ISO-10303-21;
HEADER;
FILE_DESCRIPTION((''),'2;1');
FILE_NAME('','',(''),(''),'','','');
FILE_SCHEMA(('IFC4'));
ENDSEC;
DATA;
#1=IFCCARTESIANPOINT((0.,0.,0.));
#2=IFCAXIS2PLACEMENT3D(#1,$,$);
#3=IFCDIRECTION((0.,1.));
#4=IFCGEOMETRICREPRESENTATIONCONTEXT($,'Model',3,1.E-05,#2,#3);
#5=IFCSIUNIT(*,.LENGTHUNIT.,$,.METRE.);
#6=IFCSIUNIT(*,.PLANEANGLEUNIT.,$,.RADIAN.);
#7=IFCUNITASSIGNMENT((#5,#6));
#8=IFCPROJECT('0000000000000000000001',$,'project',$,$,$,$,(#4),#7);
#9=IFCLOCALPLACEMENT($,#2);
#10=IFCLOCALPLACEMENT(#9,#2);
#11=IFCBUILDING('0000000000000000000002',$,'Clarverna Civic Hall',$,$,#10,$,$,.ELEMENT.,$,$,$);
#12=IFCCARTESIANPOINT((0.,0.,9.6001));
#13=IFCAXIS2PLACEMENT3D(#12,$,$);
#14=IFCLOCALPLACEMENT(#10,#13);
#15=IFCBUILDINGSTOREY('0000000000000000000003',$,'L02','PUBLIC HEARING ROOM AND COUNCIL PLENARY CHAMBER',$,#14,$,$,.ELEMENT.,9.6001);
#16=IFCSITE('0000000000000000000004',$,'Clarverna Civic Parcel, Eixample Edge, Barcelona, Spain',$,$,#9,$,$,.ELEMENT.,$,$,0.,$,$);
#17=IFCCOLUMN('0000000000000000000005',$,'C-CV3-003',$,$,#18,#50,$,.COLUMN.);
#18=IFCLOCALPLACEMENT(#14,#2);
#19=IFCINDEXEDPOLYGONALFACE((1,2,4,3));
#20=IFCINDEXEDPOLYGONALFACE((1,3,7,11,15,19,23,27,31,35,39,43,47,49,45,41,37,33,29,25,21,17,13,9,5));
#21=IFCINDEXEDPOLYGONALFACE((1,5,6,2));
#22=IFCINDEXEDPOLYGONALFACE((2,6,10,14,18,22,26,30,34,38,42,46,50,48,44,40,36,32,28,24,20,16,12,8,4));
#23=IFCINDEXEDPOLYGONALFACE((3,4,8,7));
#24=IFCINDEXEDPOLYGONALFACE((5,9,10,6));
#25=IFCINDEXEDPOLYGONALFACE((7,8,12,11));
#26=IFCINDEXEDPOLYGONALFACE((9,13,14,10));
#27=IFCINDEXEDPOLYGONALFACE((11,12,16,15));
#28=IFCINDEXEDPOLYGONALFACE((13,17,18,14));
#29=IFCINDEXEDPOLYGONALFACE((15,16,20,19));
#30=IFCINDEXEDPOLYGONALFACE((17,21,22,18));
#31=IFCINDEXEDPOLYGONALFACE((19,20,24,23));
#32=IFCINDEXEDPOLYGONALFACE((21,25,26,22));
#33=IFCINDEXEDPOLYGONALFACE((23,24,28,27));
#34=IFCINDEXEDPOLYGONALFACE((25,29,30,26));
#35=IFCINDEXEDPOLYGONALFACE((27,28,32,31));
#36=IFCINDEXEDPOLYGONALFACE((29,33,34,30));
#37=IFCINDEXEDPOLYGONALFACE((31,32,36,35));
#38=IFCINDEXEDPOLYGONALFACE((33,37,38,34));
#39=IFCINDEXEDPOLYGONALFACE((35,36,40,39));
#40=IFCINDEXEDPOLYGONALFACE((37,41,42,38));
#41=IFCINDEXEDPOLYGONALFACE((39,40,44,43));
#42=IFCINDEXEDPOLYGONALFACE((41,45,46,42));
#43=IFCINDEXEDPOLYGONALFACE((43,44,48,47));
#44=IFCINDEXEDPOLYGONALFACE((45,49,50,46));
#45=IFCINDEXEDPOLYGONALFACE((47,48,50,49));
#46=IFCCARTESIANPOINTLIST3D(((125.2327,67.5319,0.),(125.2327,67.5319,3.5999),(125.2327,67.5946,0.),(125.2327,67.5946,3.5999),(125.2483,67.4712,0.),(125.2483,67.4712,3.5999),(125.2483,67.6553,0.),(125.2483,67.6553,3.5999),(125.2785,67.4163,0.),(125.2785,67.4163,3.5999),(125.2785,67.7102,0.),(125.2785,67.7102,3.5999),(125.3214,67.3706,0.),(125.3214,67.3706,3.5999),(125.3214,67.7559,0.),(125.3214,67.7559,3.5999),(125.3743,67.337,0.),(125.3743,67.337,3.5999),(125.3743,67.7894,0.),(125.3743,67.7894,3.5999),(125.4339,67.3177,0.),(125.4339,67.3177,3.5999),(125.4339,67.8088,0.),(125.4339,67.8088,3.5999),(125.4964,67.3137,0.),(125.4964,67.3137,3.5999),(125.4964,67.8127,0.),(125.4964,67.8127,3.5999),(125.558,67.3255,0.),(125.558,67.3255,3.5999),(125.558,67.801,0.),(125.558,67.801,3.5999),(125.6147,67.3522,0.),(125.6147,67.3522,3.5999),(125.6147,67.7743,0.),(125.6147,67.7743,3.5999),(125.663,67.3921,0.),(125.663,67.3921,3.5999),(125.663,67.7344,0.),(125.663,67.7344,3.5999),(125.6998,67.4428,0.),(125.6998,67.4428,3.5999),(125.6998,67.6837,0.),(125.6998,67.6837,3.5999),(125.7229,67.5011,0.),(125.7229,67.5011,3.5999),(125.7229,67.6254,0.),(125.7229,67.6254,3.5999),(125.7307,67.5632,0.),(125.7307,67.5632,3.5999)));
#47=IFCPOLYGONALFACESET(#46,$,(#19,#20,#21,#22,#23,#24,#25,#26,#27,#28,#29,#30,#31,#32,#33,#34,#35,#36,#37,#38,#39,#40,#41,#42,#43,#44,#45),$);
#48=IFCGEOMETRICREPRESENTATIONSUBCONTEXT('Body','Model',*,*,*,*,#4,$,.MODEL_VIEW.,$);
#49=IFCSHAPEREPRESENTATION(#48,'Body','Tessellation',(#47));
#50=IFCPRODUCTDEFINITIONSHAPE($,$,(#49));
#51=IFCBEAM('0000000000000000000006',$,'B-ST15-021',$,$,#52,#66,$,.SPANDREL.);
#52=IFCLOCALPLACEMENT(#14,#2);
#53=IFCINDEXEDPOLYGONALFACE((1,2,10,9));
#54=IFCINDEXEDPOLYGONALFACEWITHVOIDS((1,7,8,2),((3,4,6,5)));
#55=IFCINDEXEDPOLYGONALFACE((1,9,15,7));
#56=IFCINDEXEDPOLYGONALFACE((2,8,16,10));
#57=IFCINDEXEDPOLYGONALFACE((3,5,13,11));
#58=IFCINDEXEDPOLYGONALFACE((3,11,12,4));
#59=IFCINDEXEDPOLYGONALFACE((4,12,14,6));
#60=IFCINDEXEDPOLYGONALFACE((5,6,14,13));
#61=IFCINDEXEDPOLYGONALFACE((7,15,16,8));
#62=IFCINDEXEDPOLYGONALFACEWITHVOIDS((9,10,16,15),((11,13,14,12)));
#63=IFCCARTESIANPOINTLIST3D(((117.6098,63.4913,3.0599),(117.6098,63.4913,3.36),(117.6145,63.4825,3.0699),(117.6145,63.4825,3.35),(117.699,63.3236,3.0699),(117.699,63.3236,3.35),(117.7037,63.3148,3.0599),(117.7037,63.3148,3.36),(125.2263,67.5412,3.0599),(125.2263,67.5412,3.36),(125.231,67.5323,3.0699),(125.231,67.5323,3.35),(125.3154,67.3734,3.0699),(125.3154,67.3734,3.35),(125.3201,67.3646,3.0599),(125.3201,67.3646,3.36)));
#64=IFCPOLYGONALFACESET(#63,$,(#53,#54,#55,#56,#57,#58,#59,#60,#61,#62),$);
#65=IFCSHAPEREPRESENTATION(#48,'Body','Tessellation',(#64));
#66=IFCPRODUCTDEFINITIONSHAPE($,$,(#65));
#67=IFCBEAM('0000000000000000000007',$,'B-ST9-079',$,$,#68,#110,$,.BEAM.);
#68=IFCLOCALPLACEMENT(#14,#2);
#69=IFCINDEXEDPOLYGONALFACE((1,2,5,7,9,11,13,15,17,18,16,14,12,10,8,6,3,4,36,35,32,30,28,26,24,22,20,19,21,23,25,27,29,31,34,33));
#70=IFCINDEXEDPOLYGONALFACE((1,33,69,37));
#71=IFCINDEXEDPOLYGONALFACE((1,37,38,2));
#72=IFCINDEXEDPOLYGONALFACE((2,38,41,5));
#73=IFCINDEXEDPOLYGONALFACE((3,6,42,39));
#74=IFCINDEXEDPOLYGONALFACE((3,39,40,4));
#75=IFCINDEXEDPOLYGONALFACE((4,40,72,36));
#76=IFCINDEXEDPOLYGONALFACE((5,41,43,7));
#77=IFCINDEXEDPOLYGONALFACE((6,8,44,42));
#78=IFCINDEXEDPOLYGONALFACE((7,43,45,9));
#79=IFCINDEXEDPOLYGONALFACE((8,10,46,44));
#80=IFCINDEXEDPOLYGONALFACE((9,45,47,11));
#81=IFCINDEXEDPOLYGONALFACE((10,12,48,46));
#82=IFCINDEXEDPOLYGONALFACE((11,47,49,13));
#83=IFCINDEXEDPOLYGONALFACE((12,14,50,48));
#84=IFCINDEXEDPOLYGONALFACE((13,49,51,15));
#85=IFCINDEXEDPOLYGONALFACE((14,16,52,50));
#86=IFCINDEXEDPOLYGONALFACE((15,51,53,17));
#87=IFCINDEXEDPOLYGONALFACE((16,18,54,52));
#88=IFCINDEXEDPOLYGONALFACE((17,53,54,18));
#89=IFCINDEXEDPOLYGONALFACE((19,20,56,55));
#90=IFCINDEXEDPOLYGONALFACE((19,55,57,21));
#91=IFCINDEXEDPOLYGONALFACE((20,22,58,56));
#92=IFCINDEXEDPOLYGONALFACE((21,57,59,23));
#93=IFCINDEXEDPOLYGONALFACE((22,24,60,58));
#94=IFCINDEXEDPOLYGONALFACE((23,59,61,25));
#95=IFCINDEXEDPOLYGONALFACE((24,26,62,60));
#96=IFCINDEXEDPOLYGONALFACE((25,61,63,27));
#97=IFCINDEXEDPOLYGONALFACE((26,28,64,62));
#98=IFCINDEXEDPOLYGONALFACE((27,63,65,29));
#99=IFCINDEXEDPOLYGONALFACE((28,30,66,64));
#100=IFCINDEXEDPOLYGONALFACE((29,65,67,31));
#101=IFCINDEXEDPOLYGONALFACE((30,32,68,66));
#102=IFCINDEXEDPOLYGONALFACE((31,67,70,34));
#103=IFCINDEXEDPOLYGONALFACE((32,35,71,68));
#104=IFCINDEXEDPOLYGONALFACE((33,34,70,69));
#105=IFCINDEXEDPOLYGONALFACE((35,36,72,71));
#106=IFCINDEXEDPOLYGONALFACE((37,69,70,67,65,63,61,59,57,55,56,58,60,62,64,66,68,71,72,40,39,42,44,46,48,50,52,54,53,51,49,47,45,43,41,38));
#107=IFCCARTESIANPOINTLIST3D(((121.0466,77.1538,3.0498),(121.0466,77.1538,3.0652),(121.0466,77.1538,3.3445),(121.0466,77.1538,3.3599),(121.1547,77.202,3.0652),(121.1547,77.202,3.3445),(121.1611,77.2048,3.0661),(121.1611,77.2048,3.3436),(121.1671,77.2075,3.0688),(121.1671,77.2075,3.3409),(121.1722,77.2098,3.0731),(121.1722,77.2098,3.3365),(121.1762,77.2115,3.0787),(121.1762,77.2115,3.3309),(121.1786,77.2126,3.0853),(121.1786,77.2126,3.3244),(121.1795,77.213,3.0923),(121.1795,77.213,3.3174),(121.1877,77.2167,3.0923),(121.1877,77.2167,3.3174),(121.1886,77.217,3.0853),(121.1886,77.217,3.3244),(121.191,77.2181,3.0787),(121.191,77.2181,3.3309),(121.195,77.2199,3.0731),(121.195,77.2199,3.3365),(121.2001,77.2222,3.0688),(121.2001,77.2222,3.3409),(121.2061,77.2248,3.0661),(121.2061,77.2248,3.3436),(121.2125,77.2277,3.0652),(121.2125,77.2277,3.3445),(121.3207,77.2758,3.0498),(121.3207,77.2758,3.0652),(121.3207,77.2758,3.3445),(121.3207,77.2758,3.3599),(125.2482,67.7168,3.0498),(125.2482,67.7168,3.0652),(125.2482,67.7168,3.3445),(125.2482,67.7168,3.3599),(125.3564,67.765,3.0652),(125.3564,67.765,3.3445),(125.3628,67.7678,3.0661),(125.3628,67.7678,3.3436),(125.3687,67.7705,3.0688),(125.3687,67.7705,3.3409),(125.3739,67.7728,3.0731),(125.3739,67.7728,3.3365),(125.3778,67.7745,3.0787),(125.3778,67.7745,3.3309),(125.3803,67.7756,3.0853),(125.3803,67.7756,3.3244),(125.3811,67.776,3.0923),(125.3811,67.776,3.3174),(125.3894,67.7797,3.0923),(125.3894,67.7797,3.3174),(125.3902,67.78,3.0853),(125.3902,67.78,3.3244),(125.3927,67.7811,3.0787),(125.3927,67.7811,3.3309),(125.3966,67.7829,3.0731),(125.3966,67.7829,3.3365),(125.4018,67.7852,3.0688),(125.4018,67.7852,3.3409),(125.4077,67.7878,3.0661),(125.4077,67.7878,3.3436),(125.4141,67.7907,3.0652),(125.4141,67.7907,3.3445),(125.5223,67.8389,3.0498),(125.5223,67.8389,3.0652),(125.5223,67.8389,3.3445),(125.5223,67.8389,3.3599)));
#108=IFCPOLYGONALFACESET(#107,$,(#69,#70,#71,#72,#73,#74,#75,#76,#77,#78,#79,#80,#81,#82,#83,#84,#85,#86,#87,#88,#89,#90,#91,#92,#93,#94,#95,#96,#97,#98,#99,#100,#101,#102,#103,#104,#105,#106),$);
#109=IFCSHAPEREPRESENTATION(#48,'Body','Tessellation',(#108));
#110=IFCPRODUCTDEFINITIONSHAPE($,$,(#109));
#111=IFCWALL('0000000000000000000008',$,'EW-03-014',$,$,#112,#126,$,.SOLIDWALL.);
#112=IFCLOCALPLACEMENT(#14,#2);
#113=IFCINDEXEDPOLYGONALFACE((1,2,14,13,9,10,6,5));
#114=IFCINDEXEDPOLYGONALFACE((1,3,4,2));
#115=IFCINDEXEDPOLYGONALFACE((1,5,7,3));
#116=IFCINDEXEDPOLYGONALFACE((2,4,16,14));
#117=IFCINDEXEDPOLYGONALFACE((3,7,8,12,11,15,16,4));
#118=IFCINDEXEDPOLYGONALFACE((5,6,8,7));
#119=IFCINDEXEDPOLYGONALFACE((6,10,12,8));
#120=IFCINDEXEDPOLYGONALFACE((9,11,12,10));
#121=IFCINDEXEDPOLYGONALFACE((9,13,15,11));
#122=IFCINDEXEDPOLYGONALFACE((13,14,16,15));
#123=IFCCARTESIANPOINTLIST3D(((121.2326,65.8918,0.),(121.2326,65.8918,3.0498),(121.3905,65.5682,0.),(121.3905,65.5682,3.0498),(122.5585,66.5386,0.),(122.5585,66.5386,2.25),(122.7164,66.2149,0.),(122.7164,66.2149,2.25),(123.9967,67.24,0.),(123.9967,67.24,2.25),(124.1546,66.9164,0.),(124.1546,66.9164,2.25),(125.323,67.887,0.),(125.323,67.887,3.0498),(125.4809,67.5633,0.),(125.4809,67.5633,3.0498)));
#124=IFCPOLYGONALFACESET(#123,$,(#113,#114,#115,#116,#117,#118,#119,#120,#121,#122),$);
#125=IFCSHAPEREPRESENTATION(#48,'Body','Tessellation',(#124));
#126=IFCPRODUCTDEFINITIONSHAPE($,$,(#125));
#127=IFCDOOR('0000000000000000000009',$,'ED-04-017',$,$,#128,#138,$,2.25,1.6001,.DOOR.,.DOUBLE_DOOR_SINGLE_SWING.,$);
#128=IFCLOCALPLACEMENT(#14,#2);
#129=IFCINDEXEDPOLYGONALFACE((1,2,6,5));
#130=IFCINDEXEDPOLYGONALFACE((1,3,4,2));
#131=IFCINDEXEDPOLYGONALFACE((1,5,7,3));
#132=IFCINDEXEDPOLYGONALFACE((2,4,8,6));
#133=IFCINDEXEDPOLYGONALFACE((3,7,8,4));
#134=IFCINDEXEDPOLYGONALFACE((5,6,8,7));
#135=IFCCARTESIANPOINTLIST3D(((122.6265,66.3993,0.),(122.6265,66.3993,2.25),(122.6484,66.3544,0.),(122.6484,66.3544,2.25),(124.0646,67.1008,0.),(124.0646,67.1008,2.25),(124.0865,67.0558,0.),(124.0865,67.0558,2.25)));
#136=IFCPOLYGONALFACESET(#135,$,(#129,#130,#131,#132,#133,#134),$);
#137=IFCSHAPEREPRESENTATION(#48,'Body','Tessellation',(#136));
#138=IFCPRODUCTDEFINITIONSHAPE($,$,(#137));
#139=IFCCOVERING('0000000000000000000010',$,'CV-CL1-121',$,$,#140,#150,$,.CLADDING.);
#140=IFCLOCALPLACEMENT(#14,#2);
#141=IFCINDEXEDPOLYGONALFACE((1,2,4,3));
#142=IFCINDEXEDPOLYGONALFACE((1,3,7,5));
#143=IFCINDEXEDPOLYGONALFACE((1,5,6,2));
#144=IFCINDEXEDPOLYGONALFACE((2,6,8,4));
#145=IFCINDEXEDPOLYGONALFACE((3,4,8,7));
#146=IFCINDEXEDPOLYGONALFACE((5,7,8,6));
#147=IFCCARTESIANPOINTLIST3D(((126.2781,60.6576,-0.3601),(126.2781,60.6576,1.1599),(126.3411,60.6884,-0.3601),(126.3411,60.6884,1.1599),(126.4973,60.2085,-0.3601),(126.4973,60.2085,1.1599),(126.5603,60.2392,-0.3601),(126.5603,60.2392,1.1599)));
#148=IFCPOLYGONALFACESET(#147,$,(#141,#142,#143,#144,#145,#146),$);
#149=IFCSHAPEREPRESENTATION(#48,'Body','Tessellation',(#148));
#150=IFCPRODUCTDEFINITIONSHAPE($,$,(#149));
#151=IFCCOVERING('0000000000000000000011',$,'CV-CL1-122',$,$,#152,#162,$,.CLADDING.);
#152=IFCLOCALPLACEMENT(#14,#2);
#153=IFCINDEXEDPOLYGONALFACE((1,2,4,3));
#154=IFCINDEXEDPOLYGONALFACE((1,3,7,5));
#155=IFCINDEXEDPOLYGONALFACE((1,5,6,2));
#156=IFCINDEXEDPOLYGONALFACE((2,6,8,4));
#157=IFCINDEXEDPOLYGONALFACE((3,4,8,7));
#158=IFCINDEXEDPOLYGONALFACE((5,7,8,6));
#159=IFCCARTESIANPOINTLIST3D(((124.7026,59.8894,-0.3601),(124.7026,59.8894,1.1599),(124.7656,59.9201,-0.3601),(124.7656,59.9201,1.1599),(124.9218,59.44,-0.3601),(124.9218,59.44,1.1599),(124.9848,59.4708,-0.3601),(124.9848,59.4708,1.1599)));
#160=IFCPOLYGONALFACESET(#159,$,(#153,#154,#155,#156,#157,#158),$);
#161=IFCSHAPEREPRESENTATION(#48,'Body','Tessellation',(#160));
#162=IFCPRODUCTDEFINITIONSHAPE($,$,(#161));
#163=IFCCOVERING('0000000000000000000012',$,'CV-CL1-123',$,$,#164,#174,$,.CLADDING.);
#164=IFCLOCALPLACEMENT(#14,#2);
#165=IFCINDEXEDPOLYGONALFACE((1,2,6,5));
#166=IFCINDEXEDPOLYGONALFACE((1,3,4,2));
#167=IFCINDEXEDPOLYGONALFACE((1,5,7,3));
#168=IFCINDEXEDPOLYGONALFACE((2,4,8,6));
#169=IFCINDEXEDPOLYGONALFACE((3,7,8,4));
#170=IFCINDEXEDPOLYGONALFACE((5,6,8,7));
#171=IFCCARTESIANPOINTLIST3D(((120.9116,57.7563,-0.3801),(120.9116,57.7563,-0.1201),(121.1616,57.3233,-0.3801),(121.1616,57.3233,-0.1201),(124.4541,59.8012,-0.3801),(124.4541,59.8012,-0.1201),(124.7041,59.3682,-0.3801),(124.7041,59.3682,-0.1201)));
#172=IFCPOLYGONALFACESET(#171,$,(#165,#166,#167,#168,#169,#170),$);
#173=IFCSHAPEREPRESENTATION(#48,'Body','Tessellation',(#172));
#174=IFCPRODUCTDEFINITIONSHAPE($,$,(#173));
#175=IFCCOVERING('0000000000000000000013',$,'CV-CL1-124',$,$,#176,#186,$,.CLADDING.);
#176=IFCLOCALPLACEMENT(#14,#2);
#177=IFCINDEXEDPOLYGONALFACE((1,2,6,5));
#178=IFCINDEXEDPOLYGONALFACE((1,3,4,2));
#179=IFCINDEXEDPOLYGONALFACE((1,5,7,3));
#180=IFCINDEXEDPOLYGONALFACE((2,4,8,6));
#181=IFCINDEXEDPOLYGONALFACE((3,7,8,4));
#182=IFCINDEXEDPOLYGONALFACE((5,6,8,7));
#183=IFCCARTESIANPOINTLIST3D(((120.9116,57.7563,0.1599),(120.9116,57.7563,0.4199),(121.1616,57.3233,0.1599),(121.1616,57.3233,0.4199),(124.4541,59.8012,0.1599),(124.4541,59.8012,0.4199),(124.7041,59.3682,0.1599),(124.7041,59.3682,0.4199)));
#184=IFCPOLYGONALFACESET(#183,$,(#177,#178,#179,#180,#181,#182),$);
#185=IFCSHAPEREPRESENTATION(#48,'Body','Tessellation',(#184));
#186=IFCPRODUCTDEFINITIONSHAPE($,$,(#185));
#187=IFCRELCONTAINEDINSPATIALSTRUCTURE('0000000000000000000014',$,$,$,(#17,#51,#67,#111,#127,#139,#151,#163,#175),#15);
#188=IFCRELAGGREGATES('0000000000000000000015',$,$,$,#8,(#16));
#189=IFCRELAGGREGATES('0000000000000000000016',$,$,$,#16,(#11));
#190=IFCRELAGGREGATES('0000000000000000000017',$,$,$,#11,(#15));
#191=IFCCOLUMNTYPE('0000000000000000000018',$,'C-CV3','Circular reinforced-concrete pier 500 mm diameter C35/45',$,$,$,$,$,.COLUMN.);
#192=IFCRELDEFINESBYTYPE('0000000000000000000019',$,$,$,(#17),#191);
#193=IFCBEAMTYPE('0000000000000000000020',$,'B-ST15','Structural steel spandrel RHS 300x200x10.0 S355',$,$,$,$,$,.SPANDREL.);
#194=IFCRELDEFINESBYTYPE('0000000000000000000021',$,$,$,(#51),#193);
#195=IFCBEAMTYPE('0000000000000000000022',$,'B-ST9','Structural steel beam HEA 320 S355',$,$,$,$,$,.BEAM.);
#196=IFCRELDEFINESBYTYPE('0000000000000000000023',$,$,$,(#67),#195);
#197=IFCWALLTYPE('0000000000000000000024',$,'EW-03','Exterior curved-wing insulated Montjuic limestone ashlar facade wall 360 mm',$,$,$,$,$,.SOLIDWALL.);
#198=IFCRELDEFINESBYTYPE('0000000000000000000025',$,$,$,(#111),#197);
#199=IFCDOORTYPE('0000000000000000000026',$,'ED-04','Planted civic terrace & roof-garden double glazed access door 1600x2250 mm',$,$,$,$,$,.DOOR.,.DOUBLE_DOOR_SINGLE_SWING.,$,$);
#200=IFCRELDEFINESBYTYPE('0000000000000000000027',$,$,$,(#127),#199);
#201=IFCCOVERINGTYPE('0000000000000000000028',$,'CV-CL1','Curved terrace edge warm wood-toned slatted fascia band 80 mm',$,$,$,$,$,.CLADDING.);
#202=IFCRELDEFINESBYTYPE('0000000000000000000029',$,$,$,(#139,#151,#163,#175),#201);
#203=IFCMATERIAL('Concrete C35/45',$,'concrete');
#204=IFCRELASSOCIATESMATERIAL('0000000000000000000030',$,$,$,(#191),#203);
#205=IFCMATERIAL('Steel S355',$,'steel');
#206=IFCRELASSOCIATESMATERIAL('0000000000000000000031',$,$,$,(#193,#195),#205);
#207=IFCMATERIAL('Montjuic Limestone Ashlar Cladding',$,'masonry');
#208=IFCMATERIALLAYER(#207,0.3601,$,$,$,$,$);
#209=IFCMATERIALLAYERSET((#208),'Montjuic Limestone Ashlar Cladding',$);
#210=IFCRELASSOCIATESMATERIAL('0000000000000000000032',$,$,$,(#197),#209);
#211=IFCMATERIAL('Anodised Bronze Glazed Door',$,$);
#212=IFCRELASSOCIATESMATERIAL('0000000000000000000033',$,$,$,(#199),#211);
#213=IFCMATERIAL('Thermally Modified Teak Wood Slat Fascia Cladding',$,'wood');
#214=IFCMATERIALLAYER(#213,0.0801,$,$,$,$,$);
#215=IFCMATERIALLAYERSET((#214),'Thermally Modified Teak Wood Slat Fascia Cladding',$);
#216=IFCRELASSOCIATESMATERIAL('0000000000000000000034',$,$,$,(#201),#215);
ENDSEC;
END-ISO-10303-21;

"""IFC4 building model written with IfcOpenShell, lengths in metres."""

from ifc_helpers import new_model, si_unit, direction, frame, frame_2d, origin, origin_2d, place, context, subcontext, project, spatial, rectangle, hollow_rectangle, circle, i_section, extrude, material, layer, layer_set, material_profile, profile_set, type_object, element, fill, save


model = new_model("IFC4")

# Units and contexts
model_context = context("Model", 3, precision=1e-05, world=origin(), true_north=direction((0.0, 1.0)))
body_context = subcontext(model_context, "Body", "Model", "MODEL_VIEW")
ifc_project = project(units=[si_unit("LENGTHUNIT", "METRE"), si_unit("PLANEANGLEUNIT", "RADIAN")], contexts=[model_context])

# Site, building, storey
site_placement = place(None, origin())
site = spatial("IfcSite", under=ifc_project, at=site_placement, Name="Clarverna Civic Parcel, Eixample Edge, Barcelona, Spain", CompositionType="ELEMENT", RefElevation=0.0)
building_placement = place(site_placement, origin())
building = spatial("IfcBuilding", under=site, at=building_placement, Name="Clarverna Civic Hall", CompositionType="ELEMENT")
storey_placement = place(building_placement, frame((0.0, 0.0, 9.6001)))
storey = spatial("IfcBuildingStorey", under=building, at=storey_placement, Name="L02", Description="PUBLIC HEARING ROOM AND COUNCIL PLENARY CHAMBER", CompositionType="ELEMENT", Elevation=9.6001)

# Column
ifc_material_1 = material(Name="Concrete C35/45", Category="concrete")
ifc_material_profile_1 = material_profile(ifc_material_1, circle(Radius=0.25, at=origin_2d()), Name="RC D500")
ifc_profile_set_1 = profile_set([ifc_material_profile_1], Name="Concrete C35/45")
column_type = type_object("IfcColumnType", Name="C-CV3", Description="Circular reinforced-concrete pier 500 mm diameter C35/45", PredefinedType="COLUMN", material=ifc_profile_set_1)
column_placement = place(storey_placement, frame((125.4807, 67.5632, 0.0), z_axis=(0.0, 0.0, 1.0), x_axis=(1.0, 0.0, 0.0)))
element("IfcColumn", 1, at=column_placement, inside=storey, type_object=column_type, Name="C-CV3-003", PredefinedType="COLUMN", context=body_context, shape_type="SweptSolid", body=[
    extrude(circle(Radius=0.25, at=origin_2d()), origin(), (0.0, 0.0, 1.0), 3.5999),
])

# Beams
ifc_material_2 = material(Name="Steel S355", Category="steel")
ifc_material_profile_2 = material_profile(ifc_material_2, hollow_rectangle(XDim=0.2, YDim=0.3, WallThickness=0.01, at=origin_2d()), Name="RHS 300x200x10.0")
ifc_profile_set_2 = profile_set([ifc_material_profile_2], Name="Steel S355")
beam_type_1 = type_object("IfcBeamType", Name="B-ST15", Description="Structural steel spandrel RHS 300x200x10.0 S355", PredefinedType="SPANDREL", material=ifc_profile_set_2)
beam_1_placement = place(storey_placement, frame((125.2732, 67.4529, 3.21), z_axis=(-0.882945, -0.469477, 0.0), x_axis=(0.469477, -0.882945, 0.0)))
element("IfcBeam", 2, at=beam_1_placement, inside=storey, type_object=beam_type_1, Name="B-ST15-021", PredefinedType="SPANDREL", context=body_context, shape_type="SweptSolid", body=[
    extrude(hollow_rectangle(XDim=0.2, YDim=0.3, WallThickness=0.01, at=origin_2d()), origin(), (0.0, 0.0, 1.0), 8.6262),
])
ifc_material_profile_3 = material_profile(ifc_material_2, i_section(OverallWidth=0.3, OverallDepth=0.3101, WebThickness=0.009, FlangeThickness=0.0154, FilletRadius=0.0271, at=origin_2d()), Name="HEA 320")
ifc_profile_set_3 = profile_set([ifc_material_profile_3], Name="Steel S355")
beam_type_2 = type_object("IfcBeamType", Name="B-ST9", Description="Structural steel beam HEA 320 S355", PredefinedType="BEAM", material=ifc_profile_set_3)
beam_2_placement = place(storey_placement, frame((125.3853, 67.7778, 3.2048), z_axis=(-0.406739, 0.913544, 0.0), x_axis=(-0.913544, -0.406739, 0.0)))
element("IfcBeam", 3, at=beam_2_placement, inside=storey, type_object=beam_type_2, Name="B-ST9-079", PredefinedType="BEAM", context=body_context, shape_type="SweptSolid", body=[
    extrude(i_section(OverallWidth=0.3, OverallDepth=0.3101, WebThickness=0.009, FlangeThickness=0.0154, FilletRadius=0.0271, at=origin_2d()), origin(), (0.0, 0.0, 1.0), 10.3301),
])

# Wall, opening, door
ifc_material_3 = material(Name="Montjuic Limestone Ashlar Cladding", Category="masonry")
ifc_layer_1 = layer(ifc_material_3, 0.3601)
ifc_layer_set_1 = layer_set([ifc_layer_1], Name="Montjuic Limestone Ashlar Cladding")
wall_type = type_object("IfcWallType", Name="EW-03", Description="Exterior curved-wing insulated Montjuic limestone ashlar facade wall 360 mm", PredefinedType="SOLIDWALL", material=ifc_layer_set_1)
wall_placement = place(storey_placement, frame((125.4019, 67.7251, 0.0), z_axis=(0.0, 0.0, 1.0), x_axis=(-0.898783, -0.438394, 0.0)))
wall = element("IfcWall", 4, at=wall_placement, inside=storey, type_object=wall_type, Name="EW-03-014", PredefinedType="SOLIDWALL", context=body_context, shape_type="SweptSolid", body=[
    extrude(rectangle(XDim=4.551, YDim=0.3601, at=frame_2d((2.2754, 0.0))), origin(), (0.0, 0.0, 1.0), 3.0498),
])
opening_placement = place(wall_placement, frame((1.4756, 0.0, 0.0)))
opening = element("IfcOpeningElement", 5, at=opening_placement, cuts=wall, PredefinedType="OPENING", context=body_context, shape_type="SweptSolid", body=[
    extrude(rectangle(XDim=1.6001, YDim=2.25, at=frame_2d((0.8, 1.125))), frame((0.0, 0.1899, 0.0), z_axis=(0.0, -1.0, 0.0), x_axis=(1.0, 0.0, 0.0)), (0.0, 0.0, 1.0), 0.3801),
])
ifc_material_4 = material(Name="Anodised Bronze Glazed Door")
door_type = type_object("IfcDoorType", Name="ED-04", Description="Planted civic terrace & roof-garden double glazed access door 1600x2250 mm", OperationType="DOUBLE_DOOR_SINGLE_SWING", PredefinedType="DOOR", material=ifc_material_4)
door_placement = place(opening_placement, origin())
door = element("IfcDoor", 6, at=door_placement, inside=storey, type_object=door_type, Name="ED-04-017", OperationType="DOUBLE_DOOR_SINGLE_SWING", OverallHeight=2.25, OverallWidth=1.6001, PredefinedType="DOOR", context=body_context, shape_type="SweptSolid", body=[
    extrude(rectangle(XDim=1.6001, YDim=2.25, at=frame_2d((0.8, 1.125))), frame((0.0, 0.0249, 0.0), z_axis=(0.0, -1.0, 0.0), x_axis=(1.0, 0.0, 0.0)), (0.0, 0.0, 1.0), 0.05),
])
fill(opening, door)

# Coverings
ifc_material_5 = material(Name="Thermally Modified Teak Wood Slat Fascia Cladding", Category="wood")
ifc_layer_2 = layer(ifc_material_5, 0.0801)
ifc_layer_set_2 = layer_set([ifc_layer_2], Name="Thermally Modified Teak Wood Slat Fascia Cladding")
covering_type = type_object("IfcCoveringType", Name="CV-CL1", Description="Curved terrace edge warm wood-toned slatted fascia band 80 mm", PredefinedType="CLADDING", material=ifc_layer_set_2)
covering_1_placement = place(storey_placement, frame((126.3096, 60.6731, -0.3601), z_axis=(0.0, 0.0, 1.0), x_axis=(0.438597, -0.898684, 0.0)))
element("IfcCovering", 7, at=covering_1_placement, inside=storey, type_object=covering_type, Name="CV-CL1-121", PredefinedType="CLADDING", context=body_context, shape_type="SweptSolid", body=[
    extrude(rectangle(XDim=0.4998, YDim=0.0701, at=frame_2d((0.25, 0.0))), origin(), (0.0, 0.0, 1.0), 1.52),
])
covering_2_placement = place(storey_placement, frame((124.7341, 59.9048, -0.3601), z_axis=(0.0, 0.0, 1.0), x_axis=(0.438404, -0.898778, 0.0)))
element("IfcCovering", 8, at=covering_2_placement, inside=storey, type_object=covering_type, Name="CV-CL1-122", PredefinedType="CLADDING", context=body_context, shape_type="SweptSolid", body=[
    extrude(rectangle(XDim=0.5, YDim=0.0701, at=frame_2d((0.25, 0.0))), origin(), (0.0, 0.0, 1.0), 1.52),
])
for number, where, z_axis, x_axis, name in (
    (9, (124.5791, 59.5847, -0.3801), (0.0, 0.0, 1.0), (-0.86606, -0.499939, 0.0), "CV-CL1-123"),
    (10, (124.5791, 59.5847, 0.1599), (0.0, 0.0, 1.0), (-0.86606, -0.499939, 0.0), "CV-CL1-124"),
):
    element("IfcCovering", number, at=place(storey_placement, frame(where, z_axis=z_axis, x_axis=x_axis)), inside=storey, type_object=covering_type, Name=name, PredefinedType="CLADDING", context=body_context, shape_type="SweptSolid", body=[
        extrude(rectangle(XDim=4.0903, YDim=0.5, at=frame_2d((2.0452, 0.0))), origin(), (0.0, 0.0, 1.0), 0.26),
    ])

save(model, "model.ifc")
